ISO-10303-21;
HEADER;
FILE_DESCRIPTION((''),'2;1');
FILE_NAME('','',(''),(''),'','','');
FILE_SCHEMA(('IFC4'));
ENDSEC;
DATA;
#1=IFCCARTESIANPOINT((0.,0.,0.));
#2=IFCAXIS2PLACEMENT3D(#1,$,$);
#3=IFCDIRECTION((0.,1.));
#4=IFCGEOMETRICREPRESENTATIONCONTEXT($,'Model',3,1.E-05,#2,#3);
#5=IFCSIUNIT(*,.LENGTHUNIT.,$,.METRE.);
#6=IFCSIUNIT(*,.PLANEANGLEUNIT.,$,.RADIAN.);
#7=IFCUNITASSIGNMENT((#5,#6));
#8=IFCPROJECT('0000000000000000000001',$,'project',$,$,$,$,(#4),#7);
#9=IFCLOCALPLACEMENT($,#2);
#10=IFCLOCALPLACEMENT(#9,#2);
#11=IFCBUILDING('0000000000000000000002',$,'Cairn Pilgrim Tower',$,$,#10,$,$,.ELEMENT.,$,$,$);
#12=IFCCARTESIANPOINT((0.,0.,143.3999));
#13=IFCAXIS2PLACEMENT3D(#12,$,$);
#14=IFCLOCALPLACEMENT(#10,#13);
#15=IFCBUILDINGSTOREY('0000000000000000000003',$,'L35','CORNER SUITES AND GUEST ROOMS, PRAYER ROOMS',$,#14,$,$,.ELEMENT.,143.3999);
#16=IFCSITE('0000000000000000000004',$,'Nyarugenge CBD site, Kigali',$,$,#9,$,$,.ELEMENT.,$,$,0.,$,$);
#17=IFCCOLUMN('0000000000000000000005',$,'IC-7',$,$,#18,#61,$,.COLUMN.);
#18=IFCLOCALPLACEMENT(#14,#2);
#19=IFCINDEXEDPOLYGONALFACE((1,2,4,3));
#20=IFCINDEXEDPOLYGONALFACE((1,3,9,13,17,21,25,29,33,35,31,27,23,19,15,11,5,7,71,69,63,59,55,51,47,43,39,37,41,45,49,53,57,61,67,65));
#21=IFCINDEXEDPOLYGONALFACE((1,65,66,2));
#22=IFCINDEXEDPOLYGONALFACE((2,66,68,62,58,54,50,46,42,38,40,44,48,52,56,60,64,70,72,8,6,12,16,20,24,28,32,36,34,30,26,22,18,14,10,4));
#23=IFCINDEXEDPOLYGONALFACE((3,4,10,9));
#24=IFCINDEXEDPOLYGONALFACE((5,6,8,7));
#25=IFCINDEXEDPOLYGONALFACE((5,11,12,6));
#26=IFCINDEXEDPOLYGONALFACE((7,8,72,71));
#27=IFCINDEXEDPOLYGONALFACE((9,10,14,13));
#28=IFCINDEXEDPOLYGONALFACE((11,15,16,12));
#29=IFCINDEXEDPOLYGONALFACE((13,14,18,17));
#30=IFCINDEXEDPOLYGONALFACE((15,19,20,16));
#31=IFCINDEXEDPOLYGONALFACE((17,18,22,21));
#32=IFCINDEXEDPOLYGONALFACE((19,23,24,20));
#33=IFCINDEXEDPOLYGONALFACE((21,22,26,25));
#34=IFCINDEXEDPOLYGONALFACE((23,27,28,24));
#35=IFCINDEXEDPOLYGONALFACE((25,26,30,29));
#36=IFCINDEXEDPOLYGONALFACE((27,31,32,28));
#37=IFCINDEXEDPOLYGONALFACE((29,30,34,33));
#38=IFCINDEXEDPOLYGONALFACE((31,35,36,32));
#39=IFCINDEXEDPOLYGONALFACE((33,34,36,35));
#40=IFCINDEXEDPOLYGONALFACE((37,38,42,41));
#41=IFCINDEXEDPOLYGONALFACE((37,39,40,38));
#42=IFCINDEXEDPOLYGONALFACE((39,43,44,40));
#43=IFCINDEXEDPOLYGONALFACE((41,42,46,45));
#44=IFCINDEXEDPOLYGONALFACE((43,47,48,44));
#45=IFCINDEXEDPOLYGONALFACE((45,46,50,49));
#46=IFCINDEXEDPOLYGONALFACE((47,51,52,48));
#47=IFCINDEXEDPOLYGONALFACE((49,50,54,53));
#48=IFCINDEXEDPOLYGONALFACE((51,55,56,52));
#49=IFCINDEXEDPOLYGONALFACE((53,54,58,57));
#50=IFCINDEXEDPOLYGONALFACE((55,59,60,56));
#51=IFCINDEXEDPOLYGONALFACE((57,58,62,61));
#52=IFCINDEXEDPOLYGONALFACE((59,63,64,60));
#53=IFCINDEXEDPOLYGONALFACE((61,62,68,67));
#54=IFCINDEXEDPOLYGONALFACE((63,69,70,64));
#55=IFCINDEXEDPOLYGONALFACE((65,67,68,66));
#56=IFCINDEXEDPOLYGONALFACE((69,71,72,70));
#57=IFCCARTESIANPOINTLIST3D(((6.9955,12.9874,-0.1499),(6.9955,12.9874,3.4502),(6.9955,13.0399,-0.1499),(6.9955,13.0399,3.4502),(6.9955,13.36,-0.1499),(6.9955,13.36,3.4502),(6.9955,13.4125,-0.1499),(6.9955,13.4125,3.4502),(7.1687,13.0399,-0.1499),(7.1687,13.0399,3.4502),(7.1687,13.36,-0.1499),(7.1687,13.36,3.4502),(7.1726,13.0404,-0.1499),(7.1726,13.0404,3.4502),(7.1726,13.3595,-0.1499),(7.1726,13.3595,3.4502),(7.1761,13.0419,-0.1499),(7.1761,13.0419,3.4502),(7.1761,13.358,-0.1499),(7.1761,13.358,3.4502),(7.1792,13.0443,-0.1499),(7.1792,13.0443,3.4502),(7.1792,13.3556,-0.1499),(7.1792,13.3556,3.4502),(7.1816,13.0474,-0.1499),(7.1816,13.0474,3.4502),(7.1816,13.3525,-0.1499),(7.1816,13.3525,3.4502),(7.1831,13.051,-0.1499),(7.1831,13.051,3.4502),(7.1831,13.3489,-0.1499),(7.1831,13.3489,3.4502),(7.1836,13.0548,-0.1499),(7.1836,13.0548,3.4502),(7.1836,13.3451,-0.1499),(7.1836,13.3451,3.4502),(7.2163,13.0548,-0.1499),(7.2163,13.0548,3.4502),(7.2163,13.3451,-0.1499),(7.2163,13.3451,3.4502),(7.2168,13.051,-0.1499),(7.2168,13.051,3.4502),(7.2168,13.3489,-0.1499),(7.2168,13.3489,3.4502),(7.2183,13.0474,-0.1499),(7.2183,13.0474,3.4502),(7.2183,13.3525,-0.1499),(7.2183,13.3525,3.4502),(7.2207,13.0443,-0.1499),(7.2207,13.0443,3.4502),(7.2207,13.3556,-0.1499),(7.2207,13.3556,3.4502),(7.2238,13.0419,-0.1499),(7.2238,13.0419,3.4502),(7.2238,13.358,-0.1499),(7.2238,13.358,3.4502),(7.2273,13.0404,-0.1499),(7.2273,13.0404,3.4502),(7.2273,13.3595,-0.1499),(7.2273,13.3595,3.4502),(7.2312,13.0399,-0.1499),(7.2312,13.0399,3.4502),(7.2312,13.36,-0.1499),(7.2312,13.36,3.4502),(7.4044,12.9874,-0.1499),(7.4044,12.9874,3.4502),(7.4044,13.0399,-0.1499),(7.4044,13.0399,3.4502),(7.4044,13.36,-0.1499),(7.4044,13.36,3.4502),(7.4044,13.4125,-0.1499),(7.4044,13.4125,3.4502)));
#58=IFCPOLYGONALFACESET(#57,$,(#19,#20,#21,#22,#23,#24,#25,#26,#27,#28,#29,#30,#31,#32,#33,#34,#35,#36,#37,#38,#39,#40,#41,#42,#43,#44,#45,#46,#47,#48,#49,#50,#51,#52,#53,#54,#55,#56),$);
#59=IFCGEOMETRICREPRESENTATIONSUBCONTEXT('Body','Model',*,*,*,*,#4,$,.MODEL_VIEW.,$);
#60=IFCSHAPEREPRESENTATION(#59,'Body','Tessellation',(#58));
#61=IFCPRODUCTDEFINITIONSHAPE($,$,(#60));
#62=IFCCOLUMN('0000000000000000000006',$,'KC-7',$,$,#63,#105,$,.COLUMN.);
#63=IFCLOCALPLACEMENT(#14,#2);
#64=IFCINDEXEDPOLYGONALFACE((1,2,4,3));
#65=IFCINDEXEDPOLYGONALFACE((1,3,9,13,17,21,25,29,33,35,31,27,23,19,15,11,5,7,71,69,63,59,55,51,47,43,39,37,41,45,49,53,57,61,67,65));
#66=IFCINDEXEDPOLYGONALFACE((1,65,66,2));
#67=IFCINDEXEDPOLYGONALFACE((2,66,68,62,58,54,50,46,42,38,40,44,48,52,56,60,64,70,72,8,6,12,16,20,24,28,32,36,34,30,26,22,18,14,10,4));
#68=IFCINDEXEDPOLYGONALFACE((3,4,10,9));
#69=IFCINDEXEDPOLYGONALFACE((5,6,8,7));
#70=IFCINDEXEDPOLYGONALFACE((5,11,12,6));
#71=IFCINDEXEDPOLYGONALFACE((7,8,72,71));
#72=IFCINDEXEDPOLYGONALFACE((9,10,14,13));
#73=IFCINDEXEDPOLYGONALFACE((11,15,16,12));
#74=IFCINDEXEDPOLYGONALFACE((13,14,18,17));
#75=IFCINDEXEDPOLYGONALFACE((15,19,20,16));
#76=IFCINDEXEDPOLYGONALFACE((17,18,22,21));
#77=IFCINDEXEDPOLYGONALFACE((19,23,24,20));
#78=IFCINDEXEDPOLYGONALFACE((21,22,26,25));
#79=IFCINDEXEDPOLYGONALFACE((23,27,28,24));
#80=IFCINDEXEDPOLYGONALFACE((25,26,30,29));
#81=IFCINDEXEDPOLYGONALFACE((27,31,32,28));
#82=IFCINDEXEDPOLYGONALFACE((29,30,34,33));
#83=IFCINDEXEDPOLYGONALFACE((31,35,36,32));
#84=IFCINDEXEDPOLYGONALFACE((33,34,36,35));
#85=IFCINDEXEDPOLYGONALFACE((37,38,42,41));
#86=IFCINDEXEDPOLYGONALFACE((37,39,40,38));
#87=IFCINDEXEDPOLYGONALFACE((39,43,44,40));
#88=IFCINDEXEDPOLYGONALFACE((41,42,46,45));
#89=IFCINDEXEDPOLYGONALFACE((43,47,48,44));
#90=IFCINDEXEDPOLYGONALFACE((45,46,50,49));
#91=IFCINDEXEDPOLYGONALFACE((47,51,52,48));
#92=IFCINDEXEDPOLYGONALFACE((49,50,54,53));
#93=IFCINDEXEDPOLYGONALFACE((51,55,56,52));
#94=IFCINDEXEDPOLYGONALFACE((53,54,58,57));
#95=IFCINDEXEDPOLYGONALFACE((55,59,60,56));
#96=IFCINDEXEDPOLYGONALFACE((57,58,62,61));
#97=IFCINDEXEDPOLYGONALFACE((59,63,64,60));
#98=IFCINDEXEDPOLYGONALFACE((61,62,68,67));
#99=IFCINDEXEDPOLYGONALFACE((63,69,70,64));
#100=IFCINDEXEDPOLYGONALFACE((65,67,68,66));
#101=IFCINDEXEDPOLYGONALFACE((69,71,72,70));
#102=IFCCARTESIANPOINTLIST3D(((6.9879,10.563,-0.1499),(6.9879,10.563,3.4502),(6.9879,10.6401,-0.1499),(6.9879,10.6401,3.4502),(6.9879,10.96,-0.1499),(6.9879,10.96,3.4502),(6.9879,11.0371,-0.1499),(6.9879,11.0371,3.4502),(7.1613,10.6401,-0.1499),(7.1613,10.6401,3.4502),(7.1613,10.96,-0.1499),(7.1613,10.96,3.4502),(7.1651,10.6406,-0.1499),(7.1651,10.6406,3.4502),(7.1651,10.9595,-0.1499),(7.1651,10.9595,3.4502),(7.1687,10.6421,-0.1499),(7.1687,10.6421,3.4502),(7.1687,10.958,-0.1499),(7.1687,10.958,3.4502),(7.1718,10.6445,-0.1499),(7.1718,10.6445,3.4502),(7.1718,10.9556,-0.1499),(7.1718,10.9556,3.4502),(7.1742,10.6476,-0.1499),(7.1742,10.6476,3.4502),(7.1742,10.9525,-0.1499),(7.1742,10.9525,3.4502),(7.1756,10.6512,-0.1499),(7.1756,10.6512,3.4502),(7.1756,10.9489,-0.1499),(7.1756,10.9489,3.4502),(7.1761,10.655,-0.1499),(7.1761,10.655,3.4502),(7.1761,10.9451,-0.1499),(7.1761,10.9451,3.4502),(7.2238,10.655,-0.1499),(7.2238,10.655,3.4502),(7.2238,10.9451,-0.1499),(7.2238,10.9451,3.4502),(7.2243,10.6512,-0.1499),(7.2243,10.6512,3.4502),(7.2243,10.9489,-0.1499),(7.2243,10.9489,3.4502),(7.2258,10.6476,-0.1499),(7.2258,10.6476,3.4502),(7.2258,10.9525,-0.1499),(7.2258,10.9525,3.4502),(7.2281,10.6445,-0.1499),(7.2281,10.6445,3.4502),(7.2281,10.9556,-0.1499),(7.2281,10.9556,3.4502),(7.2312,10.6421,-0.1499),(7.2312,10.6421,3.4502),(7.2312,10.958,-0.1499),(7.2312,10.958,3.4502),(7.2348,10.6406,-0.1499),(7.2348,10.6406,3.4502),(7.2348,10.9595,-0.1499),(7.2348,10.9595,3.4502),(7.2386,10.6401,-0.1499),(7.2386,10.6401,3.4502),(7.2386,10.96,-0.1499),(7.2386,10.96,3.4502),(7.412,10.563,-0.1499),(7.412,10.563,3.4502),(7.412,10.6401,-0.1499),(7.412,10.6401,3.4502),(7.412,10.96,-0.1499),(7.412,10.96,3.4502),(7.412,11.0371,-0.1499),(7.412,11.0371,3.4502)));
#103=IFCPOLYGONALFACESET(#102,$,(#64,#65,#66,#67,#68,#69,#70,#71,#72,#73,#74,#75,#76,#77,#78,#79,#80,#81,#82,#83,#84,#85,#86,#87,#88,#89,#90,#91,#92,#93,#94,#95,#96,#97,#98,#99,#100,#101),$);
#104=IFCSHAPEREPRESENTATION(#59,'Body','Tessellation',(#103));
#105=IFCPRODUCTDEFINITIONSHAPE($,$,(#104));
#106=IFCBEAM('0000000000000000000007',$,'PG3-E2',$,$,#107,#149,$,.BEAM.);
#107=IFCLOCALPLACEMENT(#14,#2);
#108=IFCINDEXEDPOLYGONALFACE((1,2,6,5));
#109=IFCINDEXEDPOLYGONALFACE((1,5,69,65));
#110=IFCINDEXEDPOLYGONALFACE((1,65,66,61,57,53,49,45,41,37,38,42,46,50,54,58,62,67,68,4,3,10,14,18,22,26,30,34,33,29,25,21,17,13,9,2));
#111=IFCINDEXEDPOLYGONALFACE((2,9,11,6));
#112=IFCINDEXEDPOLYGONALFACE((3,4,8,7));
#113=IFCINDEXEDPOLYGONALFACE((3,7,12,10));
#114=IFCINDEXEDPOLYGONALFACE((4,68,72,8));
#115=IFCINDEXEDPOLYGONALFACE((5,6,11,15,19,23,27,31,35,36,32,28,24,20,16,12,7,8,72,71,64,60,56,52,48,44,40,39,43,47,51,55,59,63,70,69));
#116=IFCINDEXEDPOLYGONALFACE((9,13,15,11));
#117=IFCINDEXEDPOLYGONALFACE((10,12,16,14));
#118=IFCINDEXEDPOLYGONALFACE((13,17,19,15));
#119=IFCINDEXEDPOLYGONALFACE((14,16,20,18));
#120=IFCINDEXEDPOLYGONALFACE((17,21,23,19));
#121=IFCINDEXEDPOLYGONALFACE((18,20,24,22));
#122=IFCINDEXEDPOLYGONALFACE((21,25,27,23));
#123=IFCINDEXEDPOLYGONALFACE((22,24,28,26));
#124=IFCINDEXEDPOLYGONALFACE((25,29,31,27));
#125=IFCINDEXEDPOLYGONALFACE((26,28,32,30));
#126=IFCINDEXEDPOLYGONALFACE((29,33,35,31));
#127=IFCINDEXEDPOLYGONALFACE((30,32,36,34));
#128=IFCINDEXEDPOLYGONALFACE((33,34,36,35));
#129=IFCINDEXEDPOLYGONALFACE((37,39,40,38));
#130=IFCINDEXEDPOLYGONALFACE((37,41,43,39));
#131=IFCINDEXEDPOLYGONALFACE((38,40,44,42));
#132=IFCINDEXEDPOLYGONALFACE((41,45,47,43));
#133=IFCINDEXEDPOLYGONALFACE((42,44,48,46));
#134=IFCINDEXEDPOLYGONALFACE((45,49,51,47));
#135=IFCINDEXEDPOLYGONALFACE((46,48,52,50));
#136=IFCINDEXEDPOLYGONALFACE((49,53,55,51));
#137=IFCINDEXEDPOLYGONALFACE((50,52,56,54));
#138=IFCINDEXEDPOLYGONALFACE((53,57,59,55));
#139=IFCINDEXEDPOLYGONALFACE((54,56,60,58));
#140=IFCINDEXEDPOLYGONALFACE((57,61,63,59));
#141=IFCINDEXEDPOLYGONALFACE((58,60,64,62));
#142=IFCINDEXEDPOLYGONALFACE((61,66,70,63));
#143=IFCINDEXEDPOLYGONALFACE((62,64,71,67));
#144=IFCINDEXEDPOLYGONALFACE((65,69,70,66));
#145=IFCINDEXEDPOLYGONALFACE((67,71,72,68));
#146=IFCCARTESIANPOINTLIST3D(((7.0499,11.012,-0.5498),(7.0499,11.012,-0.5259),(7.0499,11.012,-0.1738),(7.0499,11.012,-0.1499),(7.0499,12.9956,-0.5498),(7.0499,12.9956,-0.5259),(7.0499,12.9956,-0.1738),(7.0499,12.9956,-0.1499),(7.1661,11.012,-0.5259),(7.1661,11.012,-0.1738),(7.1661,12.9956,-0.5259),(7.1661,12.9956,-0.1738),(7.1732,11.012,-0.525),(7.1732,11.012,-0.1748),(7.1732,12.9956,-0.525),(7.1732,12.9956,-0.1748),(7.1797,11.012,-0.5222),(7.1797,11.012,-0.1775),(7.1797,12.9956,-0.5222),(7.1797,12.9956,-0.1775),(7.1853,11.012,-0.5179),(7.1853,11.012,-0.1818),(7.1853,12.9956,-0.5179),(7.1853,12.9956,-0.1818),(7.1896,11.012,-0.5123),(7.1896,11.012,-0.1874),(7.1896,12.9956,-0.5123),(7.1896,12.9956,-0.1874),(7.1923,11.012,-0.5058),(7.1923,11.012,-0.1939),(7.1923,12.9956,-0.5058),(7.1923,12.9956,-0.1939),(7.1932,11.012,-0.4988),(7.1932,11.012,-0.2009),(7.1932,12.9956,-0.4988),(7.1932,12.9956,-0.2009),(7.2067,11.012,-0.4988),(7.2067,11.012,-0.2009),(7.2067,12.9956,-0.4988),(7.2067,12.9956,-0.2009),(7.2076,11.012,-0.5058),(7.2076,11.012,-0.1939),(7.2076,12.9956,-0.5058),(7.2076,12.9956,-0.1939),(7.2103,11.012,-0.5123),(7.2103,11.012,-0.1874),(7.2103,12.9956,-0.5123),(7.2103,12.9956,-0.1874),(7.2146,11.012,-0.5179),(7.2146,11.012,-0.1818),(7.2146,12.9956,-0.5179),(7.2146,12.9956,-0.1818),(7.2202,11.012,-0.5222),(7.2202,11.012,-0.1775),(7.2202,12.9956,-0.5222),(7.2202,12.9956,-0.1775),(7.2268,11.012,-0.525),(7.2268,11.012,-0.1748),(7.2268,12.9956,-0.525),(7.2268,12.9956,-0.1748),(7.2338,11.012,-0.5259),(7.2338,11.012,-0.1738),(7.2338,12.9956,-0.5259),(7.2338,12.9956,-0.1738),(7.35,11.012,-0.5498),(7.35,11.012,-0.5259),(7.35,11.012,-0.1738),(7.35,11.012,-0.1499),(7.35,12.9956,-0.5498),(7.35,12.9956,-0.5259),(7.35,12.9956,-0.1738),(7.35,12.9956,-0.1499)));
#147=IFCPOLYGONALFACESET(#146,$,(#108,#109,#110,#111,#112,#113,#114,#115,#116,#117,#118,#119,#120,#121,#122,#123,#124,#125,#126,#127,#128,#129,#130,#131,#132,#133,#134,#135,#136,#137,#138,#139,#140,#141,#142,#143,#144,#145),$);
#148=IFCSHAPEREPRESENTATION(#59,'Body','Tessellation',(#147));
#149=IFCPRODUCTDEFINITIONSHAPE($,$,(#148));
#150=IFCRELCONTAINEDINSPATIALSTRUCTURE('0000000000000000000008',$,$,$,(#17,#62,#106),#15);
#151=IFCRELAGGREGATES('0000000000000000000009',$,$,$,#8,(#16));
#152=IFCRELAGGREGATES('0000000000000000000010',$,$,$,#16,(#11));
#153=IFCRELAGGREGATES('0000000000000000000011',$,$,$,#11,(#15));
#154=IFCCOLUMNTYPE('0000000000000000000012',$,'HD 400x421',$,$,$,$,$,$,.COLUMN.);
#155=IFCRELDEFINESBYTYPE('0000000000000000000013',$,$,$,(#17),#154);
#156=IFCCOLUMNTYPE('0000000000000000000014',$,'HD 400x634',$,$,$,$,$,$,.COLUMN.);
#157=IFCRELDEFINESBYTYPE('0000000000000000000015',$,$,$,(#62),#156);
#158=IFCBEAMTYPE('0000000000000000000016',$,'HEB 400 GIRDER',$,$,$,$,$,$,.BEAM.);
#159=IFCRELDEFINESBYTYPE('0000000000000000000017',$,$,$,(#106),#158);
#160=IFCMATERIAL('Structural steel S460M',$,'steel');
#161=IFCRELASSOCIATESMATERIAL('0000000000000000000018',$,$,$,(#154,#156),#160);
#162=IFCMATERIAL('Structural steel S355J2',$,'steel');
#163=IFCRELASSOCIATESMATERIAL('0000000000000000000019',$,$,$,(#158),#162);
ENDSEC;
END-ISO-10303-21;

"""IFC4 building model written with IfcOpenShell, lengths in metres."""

from ifc_helpers import new_model, si_unit, direction, frame, origin, origin_2d, place, context, subcontext, project, spatial, i_section, extrude, material, material_profile, profile_set, type_object, element, save


model = new_model("IFC4")

# Units and contexts
model_context = context("Model", 3, precision=1e-05, world=origin(), true_north=direction((0.0, 1.0)))
body_context = subcontext(model_context, "Body", "Model", "MODEL_VIEW")
ifc_project = project(units=[si_unit("LENGTHUNIT", "METRE"), si_unit("PLANEANGLEUNIT", "RADIAN")], contexts=[model_context])

# Site, building, storey
site_placement = place(None, origin())
site = spatial("IfcSite", under=ifc_project, at=site_placement, Name="Nyarugenge CBD site, Kigali", CompositionType="ELEMENT", RefElevation=0.0)
building_placement = place(site_placement, origin())
building = spatial("IfcBuilding", under=site, at=building_placement, Name="Cairn Pilgrim Tower", CompositionType="ELEMENT")
storey_placement = place(building_placement, frame((0.0, 0.0, 143.3999)))
storey = spatial("IfcBuildingStorey", under=building, at=storey_placement, Name="L35", Description="CORNER SUITES AND GUEST ROOMS, PRAYER ROOMS", CompositionType="ELEMENT", Elevation=143.3999)

# Columns
ifc_material_1 = material(Name="Structural steel S460M", Category="steel")
ifc_material_profile_1 = material_profile(ifc_material_1, i_section(OverallWidth=0.4089, OverallDepth=0.425, WebThickness=0.0327, FlangeThickness=0.0525, FilletRadius=0.0149, at=origin_2d()), Name="HD 400x421")
ifc_profile_set_1 = profile_set([ifc_material_profile_1], Name="Structural steel S460M")
column_type_1 = type_object("IfcColumnType", Name="HD 400x421", PredefinedType="COLUMN", material=ifc_profile_set_1)
column_1_placement = place(storey_placement, frame((7.2, 13.2, -0.1499), z_axis=(0.0, 0.0, 1.0), x_axis=(1.0, 0.0, 0.0)))
element("IfcColumn", 1, at=column_1_placement, inside=storey, type_object=column_type_1, Name="IC-7", PredefinedType="COLUMN", context=body_context, shape_type="SweptSolid", body=[
    extrude(i_section(OverallWidth=0.4089, OverallDepth=0.425, WebThickness=0.0327, FlangeThickness=0.0525, FilletRadius=0.0149, at=origin_2d()), origin(), (0.0, 0.0, 1.0), 3.6001),
])
ifc_material_profile_2 = material_profile(ifc_material_1, i_section(OverallWidth=0.4241, OverallDepth=0.4741, WebThickness=0.0476, FlangeThickness=0.0771, FilletRadius=0.0149, at=origin_2d()), Name="HD 400x634")
ifc_profile_set_2 = profile_set([ifc_material_profile_2], Name="Structural steel S460M")
column_type_2 = type_object("IfcColumnType", Name="HD 400x634", PredefinedType="COLUMN", material=ifc_profile_set_2)
column_2_placement = place(storey_placement, frame((7.2, 10.8, -0.1499), z_axis=(0.0, 0.0, 1.0), x_axis=(1.0, 0.0, 0.0)))
element("IfcColumn", 2, at=column_2_placement, inside=storey, type_object=column_type_2, Name="KC-7", PredefinedType="COLUMN", context=body_context, shape_type="SweptSolid", body=[
    extrude(i_section(OverallWidth=0.4241, OverallDepth=0.4741, WebThickness=0.0476, FlangeThickness=0.0771, FilletRadius=0.0149, at=origin_2d()), origin(), (0.0, 0.0, 1.0), 3.6001),
])

# Beam
ifc_material_2 = material(Name="Structural steel S355J2", Category="steel")
ifc_material_profile_3 = material_profile(ifc_material_2, i_section(OverallWidth=0.3, OverallDepth=0.3999, WebThickness=0.0134, FlangeThickness=0.0239, FilletRadius=0.0271, at=origin_2d()), Name="HEB 400")
ifc_profile_set_3 = profile_set([ifc_material_profile_3], Name="Structural steel S355J2")
beam_type_1 = type_object("IfcBeamType", Name="HEB 400 GIRDER", PredefinedType="BEAM", material=ifc_profile_set_3)
beam_1_placement = place(storey_placement, frame((7.2, 11.012, -0.3499), z_axis=(0.0, 1.0, 0.0), x_axis=(-1.0, 0.0, 0.0)))
element("IfcBeam", 3, at=beam_1_placement, inside=storey, type_object=beam_type_1, Name="PG3-E2", PredefinedType="BEAM", context=body_context, shape_type="SweptSolid", body=[
    extrude(i_section(OverallWidth=0.3, OverallDepth=0.3999, WebThickness=0.0134, FlangeThickness=0.0239, FilletRadius=0.0271, at=origin_2d()), origin(), (0.0, 0.0, 1.0), 1.9836),
])

save(model, "model.ifc")
